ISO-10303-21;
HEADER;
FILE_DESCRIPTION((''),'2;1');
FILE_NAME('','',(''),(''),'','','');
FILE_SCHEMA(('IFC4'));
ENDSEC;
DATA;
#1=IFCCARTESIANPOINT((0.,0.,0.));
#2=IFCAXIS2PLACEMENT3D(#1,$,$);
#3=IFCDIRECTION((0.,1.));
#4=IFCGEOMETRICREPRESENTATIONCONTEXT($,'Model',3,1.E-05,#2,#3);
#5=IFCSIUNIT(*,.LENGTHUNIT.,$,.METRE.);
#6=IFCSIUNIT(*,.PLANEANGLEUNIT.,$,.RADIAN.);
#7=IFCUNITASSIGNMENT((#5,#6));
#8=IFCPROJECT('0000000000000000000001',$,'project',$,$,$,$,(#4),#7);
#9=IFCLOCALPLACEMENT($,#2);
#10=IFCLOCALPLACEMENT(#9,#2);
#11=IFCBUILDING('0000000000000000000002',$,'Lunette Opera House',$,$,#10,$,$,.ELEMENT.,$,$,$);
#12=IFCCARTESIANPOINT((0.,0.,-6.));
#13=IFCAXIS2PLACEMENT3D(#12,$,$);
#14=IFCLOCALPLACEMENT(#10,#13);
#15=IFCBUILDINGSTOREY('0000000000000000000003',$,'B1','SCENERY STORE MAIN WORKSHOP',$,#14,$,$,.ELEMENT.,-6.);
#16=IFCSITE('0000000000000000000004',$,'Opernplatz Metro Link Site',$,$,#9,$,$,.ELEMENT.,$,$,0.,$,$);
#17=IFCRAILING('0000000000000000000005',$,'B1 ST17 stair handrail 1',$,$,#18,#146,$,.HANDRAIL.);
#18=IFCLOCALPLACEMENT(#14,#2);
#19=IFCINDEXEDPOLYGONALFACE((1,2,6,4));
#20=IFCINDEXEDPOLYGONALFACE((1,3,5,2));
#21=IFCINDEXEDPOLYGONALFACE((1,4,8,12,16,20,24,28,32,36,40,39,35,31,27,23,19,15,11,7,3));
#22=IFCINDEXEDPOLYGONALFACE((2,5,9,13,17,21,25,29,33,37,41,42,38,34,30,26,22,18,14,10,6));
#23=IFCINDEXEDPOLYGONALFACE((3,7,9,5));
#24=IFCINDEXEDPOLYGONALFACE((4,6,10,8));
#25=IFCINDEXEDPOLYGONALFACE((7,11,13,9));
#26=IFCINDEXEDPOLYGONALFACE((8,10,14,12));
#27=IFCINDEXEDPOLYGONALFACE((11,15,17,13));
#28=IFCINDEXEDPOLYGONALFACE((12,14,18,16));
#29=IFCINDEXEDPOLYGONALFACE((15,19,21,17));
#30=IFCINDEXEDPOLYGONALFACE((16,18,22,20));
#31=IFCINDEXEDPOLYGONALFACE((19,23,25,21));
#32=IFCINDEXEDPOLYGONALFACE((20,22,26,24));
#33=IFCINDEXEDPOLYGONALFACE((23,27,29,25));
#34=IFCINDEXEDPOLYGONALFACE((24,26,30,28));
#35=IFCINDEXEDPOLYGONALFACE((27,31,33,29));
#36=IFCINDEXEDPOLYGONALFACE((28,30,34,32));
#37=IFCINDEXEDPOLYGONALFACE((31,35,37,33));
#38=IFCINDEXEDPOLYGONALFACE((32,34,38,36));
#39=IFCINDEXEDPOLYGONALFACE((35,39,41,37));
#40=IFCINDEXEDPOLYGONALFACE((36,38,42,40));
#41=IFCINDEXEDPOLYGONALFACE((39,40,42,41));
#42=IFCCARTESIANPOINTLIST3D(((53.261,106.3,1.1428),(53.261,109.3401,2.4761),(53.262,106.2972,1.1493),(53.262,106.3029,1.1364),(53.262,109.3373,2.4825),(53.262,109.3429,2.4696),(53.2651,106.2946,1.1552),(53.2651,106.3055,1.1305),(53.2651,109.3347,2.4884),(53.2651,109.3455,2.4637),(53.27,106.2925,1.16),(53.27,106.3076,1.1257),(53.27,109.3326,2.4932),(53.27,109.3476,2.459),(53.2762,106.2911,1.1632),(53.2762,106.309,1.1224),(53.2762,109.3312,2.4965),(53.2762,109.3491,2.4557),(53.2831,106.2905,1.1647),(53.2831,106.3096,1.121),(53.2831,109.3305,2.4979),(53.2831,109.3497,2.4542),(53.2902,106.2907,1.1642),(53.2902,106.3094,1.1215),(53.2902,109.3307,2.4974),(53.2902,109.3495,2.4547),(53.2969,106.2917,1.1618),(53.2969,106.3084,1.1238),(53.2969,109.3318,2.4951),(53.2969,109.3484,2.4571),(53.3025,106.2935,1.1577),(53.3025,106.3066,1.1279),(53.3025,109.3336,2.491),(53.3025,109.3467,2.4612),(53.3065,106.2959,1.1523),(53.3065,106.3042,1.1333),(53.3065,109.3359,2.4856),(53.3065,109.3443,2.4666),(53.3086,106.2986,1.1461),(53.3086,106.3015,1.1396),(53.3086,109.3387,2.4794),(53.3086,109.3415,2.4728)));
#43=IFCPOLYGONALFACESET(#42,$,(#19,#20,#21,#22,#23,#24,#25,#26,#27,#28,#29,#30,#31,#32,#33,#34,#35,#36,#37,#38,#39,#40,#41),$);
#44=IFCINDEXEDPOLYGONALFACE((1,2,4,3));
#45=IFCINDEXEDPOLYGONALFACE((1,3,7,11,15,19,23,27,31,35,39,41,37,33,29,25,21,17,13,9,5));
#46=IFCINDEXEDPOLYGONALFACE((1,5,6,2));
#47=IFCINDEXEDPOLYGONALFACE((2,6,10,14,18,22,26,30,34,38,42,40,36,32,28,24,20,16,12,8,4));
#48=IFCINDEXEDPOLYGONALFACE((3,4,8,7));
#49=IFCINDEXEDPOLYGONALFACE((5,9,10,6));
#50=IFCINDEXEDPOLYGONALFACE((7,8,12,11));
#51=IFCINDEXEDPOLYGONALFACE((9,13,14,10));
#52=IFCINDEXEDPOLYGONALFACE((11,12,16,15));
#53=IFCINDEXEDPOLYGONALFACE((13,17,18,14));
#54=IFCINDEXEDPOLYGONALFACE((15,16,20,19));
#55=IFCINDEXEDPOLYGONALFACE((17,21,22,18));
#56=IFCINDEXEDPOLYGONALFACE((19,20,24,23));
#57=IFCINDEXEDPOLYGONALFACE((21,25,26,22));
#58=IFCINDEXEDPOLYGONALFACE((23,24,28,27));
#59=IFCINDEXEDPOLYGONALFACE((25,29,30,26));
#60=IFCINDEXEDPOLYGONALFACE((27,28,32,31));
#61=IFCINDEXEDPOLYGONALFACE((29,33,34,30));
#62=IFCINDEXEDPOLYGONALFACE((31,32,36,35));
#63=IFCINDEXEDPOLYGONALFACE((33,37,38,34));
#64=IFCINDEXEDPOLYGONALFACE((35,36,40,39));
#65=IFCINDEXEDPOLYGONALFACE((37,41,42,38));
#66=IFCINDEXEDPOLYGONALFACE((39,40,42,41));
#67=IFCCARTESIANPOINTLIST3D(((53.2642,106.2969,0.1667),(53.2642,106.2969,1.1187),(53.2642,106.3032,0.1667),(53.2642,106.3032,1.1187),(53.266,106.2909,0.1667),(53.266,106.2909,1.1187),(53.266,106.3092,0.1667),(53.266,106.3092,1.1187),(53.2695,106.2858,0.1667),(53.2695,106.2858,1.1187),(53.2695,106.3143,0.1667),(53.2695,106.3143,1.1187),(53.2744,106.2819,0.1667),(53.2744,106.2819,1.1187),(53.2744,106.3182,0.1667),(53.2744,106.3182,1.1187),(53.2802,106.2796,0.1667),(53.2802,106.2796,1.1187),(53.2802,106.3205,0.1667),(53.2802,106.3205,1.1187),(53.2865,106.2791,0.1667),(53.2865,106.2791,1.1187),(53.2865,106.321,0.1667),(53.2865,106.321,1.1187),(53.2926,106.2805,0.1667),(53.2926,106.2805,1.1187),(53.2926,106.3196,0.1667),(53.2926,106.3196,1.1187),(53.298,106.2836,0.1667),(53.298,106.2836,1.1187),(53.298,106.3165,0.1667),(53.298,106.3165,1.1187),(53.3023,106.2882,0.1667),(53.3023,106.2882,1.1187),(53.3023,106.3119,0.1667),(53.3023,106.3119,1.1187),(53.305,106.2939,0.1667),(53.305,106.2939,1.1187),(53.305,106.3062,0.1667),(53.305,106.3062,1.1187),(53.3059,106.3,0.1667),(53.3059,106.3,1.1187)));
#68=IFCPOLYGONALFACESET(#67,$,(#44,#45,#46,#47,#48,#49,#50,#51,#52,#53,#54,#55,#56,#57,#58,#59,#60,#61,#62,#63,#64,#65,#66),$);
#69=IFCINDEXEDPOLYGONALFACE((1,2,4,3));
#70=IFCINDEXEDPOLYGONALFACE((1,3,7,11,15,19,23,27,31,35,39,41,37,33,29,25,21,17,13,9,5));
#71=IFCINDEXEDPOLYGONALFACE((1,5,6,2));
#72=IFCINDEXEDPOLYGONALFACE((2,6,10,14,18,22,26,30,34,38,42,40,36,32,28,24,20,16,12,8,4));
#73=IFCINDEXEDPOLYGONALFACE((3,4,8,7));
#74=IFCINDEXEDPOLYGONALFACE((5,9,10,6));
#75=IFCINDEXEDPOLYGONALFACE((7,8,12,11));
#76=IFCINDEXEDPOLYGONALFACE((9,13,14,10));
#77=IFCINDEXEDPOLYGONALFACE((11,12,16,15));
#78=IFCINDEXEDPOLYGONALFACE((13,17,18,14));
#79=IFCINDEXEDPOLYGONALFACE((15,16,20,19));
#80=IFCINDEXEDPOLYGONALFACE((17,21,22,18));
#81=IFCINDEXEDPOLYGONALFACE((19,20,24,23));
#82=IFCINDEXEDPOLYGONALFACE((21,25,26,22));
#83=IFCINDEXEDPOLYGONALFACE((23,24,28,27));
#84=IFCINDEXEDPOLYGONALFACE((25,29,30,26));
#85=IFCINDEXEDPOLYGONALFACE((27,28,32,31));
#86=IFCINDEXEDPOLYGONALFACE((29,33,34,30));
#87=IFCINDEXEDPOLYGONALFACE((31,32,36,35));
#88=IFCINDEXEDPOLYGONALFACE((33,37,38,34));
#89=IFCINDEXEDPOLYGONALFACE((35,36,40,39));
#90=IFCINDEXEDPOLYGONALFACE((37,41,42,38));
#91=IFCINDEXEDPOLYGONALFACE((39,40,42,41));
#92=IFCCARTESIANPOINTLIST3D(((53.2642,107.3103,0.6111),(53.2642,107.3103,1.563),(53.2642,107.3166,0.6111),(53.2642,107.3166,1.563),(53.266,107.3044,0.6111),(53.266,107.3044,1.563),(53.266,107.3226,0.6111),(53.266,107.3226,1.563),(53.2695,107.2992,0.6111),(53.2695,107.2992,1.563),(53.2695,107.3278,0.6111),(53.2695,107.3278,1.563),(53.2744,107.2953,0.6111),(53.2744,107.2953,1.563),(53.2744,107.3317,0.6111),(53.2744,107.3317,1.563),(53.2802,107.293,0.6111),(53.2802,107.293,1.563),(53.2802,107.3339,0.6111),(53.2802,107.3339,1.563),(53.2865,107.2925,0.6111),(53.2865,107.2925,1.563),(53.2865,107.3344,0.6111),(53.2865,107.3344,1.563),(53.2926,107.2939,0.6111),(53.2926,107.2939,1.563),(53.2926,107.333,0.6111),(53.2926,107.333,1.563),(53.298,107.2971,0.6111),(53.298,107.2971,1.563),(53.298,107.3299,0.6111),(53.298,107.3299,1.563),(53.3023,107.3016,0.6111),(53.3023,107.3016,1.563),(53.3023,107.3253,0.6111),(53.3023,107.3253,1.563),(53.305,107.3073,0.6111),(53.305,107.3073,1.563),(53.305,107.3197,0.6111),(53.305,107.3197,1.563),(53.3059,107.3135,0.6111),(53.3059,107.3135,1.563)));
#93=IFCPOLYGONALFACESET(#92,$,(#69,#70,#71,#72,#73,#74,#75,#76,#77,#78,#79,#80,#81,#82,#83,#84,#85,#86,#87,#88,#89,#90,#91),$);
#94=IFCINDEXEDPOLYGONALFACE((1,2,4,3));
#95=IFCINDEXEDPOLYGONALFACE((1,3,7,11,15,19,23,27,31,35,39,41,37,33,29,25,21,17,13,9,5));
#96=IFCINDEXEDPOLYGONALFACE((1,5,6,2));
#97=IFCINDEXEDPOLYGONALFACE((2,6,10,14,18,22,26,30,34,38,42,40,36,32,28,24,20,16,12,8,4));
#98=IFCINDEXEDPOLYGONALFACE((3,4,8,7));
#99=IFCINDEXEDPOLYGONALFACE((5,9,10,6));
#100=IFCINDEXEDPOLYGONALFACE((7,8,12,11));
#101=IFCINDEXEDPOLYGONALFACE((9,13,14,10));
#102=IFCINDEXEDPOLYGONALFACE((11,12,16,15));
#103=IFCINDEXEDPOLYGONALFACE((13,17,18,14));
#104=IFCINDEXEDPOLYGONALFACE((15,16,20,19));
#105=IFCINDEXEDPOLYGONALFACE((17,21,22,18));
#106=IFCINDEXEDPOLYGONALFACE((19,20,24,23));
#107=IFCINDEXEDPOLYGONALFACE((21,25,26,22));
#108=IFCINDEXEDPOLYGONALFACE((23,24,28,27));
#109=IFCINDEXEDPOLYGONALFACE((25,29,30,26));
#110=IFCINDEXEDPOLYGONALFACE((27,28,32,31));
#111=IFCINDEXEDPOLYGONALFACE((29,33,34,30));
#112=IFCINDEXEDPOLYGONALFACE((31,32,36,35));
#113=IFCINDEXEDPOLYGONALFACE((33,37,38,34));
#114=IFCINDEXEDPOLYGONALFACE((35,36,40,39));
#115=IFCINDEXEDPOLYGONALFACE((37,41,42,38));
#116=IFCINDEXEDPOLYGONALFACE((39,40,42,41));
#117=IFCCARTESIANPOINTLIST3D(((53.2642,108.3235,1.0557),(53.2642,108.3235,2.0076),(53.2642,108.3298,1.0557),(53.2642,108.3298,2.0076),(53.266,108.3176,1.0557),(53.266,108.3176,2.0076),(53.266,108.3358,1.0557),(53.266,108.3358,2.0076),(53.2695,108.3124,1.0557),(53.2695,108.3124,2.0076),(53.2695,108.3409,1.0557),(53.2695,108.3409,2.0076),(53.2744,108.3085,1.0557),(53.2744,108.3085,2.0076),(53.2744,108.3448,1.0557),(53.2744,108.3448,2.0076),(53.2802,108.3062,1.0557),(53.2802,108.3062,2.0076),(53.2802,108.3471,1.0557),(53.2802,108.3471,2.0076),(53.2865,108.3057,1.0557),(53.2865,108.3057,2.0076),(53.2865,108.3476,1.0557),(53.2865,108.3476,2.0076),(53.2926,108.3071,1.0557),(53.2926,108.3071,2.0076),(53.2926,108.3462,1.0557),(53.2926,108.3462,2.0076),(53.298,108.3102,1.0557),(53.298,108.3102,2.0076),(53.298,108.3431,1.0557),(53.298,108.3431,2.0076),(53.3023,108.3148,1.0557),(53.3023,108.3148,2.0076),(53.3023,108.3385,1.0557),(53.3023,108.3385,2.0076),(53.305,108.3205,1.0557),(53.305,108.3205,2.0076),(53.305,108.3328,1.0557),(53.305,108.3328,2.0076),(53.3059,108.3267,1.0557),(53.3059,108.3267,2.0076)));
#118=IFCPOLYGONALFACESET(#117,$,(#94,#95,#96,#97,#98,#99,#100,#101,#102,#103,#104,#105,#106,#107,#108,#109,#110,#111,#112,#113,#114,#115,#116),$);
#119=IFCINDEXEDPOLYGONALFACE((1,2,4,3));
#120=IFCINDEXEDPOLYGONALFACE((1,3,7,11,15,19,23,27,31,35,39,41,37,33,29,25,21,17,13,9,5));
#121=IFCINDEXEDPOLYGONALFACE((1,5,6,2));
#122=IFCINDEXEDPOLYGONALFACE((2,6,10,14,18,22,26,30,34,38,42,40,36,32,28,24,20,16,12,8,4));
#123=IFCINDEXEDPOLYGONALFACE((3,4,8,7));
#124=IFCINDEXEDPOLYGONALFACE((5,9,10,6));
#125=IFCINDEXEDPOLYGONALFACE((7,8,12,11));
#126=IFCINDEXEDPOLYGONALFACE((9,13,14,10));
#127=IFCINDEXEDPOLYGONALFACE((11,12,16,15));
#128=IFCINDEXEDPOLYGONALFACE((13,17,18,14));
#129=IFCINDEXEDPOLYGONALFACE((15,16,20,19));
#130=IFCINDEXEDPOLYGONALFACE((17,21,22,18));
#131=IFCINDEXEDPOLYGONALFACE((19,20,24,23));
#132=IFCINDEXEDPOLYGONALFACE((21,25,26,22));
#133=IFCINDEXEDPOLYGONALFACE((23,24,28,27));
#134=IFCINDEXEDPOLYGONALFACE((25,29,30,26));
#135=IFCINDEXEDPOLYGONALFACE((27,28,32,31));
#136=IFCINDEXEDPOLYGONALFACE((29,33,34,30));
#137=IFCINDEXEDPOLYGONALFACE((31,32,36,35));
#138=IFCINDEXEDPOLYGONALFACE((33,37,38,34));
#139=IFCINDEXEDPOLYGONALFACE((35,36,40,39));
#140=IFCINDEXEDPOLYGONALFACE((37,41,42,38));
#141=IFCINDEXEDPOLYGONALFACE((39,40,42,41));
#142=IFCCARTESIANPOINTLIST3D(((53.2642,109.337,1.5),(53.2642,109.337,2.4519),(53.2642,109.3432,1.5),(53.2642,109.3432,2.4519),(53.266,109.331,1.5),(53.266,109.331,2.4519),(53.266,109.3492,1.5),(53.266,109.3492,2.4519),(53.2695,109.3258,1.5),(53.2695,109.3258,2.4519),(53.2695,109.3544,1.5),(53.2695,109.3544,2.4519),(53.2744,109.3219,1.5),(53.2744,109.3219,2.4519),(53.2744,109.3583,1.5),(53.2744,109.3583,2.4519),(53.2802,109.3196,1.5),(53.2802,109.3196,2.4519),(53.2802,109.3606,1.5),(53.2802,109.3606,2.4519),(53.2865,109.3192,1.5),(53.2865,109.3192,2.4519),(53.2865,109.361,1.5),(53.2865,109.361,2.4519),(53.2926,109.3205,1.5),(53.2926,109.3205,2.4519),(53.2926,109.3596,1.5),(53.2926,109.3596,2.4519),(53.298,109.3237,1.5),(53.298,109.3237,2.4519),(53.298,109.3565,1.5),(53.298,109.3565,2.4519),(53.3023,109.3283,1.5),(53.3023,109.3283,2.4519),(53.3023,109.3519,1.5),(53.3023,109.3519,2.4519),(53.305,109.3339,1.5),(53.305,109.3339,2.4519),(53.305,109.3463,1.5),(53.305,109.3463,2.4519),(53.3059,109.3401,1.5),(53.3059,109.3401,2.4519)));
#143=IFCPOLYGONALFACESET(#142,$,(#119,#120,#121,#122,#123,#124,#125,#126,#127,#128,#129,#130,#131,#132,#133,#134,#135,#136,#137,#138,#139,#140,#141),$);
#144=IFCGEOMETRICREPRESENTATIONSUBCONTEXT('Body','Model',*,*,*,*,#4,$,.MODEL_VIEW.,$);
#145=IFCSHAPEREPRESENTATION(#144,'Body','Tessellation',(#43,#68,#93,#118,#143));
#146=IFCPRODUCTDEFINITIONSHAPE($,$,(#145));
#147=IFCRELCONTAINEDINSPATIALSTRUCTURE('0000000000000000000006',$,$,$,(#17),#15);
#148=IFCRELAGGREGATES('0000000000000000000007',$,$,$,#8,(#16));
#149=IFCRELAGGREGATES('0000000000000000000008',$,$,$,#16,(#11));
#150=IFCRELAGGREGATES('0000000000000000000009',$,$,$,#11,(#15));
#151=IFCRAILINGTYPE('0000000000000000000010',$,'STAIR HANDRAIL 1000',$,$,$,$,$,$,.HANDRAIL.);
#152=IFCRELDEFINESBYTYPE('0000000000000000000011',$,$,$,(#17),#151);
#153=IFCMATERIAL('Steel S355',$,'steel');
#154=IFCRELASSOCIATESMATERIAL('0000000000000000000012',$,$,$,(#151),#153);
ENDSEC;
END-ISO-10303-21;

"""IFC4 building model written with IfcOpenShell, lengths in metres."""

from ifc_helpers import new_model, si_unit, direction, frame, origin, origin_2d, place, context, subcontext, project, spatial, circle, extrude, material, type_object, element, save


model = new_model("IFC4")

# Units and contexts
model_context = context("Model", 3, precision=1e-05, world=origin(), true_north=direction((0.0, 1.0)))
body_context = subcontext(model_context, "Body", "Model", "MODEL_VIEW")
ifc_project = project(units=[si_unit("LENGTHUNIT", "METRE"), si_unit("PLANEANGLEUNIT", "RADIAN")], contexts=[model_context])

# Site, building, storey
site_placement = place(None, origin())
site = spatial("IfcSite", under=ifc_project, at=site_placement, Name="Opernplatz Metro Link Site", CompositionType="ELEMENT", RefElevation=0.0)
building_placement = place(site_placement, origin())
building = spatial("IfcBuilding", under=site, at=building_placement, Name="Lunette Opera House", CompositionType="ELEMENT")
storey_placement = place(building_placement, frame((0.0, 0.0, -6.0)))
storey = spatial("IfcBuildingStorey", under=building, at=storey_placement, Name="B1", Description="SCENERY STORE MAIN WORKSHOP", CompositionType="ELEMENT", Elevation=-6.0)

# Railing
ifc_material_1 = material(Name="Steel S355", Category="steel")
railing_type_1 = type_object("IfcRailingType", Name="STAIR HANDRAIL 1000", PredefinedType="HANDRAIL", material=ifc_material_1)
railing_1_placement = place(storey_placement, frame((53.2849, 106.3, 0.1667)))
element("IfcRailing", 1, at=railing_1_placement, inside=storey, type_object=railing_type_1, Name="B1 ST17 stair handrail 1", PredefinedType="HANDRAIL", context=body_context, shape_type="SweptSolid", body=[
    extrude(circle(Radius=0.0239, at=origin_2d()), frame((0.0, 0.0, 0.9761), z_axis=(0.0, 0.915799, 0.401637), x_axis=(-1.0, 0.0, 0.0)), (0.0, 0.0, 1.0), 3.3196),
    extrude(circle(Radius=0.021, at=origin_2d()), origin(), (0.0, 0.0, 1.0), 0.9519),
    extrude(circle(Radius=0.021, at=origin_2d()), frame((0.0, 1.0134, 0.4443)), (0.0, 0.0, 1.0), 0.9519),
    extrude(circle(Radius=0.021, at=origin_2d()), frame((0.0, 2.0266, 0.8889)), (0.0, 0.0, 1.0), 0.9519),
    extrude(circle(Radius=0.021, at=origin_2d()), frame((0.0, 3.04, 1.3333)), (0.0, 0.0, 1.0), 0.9519),
])

save(model, "model.ifc")
